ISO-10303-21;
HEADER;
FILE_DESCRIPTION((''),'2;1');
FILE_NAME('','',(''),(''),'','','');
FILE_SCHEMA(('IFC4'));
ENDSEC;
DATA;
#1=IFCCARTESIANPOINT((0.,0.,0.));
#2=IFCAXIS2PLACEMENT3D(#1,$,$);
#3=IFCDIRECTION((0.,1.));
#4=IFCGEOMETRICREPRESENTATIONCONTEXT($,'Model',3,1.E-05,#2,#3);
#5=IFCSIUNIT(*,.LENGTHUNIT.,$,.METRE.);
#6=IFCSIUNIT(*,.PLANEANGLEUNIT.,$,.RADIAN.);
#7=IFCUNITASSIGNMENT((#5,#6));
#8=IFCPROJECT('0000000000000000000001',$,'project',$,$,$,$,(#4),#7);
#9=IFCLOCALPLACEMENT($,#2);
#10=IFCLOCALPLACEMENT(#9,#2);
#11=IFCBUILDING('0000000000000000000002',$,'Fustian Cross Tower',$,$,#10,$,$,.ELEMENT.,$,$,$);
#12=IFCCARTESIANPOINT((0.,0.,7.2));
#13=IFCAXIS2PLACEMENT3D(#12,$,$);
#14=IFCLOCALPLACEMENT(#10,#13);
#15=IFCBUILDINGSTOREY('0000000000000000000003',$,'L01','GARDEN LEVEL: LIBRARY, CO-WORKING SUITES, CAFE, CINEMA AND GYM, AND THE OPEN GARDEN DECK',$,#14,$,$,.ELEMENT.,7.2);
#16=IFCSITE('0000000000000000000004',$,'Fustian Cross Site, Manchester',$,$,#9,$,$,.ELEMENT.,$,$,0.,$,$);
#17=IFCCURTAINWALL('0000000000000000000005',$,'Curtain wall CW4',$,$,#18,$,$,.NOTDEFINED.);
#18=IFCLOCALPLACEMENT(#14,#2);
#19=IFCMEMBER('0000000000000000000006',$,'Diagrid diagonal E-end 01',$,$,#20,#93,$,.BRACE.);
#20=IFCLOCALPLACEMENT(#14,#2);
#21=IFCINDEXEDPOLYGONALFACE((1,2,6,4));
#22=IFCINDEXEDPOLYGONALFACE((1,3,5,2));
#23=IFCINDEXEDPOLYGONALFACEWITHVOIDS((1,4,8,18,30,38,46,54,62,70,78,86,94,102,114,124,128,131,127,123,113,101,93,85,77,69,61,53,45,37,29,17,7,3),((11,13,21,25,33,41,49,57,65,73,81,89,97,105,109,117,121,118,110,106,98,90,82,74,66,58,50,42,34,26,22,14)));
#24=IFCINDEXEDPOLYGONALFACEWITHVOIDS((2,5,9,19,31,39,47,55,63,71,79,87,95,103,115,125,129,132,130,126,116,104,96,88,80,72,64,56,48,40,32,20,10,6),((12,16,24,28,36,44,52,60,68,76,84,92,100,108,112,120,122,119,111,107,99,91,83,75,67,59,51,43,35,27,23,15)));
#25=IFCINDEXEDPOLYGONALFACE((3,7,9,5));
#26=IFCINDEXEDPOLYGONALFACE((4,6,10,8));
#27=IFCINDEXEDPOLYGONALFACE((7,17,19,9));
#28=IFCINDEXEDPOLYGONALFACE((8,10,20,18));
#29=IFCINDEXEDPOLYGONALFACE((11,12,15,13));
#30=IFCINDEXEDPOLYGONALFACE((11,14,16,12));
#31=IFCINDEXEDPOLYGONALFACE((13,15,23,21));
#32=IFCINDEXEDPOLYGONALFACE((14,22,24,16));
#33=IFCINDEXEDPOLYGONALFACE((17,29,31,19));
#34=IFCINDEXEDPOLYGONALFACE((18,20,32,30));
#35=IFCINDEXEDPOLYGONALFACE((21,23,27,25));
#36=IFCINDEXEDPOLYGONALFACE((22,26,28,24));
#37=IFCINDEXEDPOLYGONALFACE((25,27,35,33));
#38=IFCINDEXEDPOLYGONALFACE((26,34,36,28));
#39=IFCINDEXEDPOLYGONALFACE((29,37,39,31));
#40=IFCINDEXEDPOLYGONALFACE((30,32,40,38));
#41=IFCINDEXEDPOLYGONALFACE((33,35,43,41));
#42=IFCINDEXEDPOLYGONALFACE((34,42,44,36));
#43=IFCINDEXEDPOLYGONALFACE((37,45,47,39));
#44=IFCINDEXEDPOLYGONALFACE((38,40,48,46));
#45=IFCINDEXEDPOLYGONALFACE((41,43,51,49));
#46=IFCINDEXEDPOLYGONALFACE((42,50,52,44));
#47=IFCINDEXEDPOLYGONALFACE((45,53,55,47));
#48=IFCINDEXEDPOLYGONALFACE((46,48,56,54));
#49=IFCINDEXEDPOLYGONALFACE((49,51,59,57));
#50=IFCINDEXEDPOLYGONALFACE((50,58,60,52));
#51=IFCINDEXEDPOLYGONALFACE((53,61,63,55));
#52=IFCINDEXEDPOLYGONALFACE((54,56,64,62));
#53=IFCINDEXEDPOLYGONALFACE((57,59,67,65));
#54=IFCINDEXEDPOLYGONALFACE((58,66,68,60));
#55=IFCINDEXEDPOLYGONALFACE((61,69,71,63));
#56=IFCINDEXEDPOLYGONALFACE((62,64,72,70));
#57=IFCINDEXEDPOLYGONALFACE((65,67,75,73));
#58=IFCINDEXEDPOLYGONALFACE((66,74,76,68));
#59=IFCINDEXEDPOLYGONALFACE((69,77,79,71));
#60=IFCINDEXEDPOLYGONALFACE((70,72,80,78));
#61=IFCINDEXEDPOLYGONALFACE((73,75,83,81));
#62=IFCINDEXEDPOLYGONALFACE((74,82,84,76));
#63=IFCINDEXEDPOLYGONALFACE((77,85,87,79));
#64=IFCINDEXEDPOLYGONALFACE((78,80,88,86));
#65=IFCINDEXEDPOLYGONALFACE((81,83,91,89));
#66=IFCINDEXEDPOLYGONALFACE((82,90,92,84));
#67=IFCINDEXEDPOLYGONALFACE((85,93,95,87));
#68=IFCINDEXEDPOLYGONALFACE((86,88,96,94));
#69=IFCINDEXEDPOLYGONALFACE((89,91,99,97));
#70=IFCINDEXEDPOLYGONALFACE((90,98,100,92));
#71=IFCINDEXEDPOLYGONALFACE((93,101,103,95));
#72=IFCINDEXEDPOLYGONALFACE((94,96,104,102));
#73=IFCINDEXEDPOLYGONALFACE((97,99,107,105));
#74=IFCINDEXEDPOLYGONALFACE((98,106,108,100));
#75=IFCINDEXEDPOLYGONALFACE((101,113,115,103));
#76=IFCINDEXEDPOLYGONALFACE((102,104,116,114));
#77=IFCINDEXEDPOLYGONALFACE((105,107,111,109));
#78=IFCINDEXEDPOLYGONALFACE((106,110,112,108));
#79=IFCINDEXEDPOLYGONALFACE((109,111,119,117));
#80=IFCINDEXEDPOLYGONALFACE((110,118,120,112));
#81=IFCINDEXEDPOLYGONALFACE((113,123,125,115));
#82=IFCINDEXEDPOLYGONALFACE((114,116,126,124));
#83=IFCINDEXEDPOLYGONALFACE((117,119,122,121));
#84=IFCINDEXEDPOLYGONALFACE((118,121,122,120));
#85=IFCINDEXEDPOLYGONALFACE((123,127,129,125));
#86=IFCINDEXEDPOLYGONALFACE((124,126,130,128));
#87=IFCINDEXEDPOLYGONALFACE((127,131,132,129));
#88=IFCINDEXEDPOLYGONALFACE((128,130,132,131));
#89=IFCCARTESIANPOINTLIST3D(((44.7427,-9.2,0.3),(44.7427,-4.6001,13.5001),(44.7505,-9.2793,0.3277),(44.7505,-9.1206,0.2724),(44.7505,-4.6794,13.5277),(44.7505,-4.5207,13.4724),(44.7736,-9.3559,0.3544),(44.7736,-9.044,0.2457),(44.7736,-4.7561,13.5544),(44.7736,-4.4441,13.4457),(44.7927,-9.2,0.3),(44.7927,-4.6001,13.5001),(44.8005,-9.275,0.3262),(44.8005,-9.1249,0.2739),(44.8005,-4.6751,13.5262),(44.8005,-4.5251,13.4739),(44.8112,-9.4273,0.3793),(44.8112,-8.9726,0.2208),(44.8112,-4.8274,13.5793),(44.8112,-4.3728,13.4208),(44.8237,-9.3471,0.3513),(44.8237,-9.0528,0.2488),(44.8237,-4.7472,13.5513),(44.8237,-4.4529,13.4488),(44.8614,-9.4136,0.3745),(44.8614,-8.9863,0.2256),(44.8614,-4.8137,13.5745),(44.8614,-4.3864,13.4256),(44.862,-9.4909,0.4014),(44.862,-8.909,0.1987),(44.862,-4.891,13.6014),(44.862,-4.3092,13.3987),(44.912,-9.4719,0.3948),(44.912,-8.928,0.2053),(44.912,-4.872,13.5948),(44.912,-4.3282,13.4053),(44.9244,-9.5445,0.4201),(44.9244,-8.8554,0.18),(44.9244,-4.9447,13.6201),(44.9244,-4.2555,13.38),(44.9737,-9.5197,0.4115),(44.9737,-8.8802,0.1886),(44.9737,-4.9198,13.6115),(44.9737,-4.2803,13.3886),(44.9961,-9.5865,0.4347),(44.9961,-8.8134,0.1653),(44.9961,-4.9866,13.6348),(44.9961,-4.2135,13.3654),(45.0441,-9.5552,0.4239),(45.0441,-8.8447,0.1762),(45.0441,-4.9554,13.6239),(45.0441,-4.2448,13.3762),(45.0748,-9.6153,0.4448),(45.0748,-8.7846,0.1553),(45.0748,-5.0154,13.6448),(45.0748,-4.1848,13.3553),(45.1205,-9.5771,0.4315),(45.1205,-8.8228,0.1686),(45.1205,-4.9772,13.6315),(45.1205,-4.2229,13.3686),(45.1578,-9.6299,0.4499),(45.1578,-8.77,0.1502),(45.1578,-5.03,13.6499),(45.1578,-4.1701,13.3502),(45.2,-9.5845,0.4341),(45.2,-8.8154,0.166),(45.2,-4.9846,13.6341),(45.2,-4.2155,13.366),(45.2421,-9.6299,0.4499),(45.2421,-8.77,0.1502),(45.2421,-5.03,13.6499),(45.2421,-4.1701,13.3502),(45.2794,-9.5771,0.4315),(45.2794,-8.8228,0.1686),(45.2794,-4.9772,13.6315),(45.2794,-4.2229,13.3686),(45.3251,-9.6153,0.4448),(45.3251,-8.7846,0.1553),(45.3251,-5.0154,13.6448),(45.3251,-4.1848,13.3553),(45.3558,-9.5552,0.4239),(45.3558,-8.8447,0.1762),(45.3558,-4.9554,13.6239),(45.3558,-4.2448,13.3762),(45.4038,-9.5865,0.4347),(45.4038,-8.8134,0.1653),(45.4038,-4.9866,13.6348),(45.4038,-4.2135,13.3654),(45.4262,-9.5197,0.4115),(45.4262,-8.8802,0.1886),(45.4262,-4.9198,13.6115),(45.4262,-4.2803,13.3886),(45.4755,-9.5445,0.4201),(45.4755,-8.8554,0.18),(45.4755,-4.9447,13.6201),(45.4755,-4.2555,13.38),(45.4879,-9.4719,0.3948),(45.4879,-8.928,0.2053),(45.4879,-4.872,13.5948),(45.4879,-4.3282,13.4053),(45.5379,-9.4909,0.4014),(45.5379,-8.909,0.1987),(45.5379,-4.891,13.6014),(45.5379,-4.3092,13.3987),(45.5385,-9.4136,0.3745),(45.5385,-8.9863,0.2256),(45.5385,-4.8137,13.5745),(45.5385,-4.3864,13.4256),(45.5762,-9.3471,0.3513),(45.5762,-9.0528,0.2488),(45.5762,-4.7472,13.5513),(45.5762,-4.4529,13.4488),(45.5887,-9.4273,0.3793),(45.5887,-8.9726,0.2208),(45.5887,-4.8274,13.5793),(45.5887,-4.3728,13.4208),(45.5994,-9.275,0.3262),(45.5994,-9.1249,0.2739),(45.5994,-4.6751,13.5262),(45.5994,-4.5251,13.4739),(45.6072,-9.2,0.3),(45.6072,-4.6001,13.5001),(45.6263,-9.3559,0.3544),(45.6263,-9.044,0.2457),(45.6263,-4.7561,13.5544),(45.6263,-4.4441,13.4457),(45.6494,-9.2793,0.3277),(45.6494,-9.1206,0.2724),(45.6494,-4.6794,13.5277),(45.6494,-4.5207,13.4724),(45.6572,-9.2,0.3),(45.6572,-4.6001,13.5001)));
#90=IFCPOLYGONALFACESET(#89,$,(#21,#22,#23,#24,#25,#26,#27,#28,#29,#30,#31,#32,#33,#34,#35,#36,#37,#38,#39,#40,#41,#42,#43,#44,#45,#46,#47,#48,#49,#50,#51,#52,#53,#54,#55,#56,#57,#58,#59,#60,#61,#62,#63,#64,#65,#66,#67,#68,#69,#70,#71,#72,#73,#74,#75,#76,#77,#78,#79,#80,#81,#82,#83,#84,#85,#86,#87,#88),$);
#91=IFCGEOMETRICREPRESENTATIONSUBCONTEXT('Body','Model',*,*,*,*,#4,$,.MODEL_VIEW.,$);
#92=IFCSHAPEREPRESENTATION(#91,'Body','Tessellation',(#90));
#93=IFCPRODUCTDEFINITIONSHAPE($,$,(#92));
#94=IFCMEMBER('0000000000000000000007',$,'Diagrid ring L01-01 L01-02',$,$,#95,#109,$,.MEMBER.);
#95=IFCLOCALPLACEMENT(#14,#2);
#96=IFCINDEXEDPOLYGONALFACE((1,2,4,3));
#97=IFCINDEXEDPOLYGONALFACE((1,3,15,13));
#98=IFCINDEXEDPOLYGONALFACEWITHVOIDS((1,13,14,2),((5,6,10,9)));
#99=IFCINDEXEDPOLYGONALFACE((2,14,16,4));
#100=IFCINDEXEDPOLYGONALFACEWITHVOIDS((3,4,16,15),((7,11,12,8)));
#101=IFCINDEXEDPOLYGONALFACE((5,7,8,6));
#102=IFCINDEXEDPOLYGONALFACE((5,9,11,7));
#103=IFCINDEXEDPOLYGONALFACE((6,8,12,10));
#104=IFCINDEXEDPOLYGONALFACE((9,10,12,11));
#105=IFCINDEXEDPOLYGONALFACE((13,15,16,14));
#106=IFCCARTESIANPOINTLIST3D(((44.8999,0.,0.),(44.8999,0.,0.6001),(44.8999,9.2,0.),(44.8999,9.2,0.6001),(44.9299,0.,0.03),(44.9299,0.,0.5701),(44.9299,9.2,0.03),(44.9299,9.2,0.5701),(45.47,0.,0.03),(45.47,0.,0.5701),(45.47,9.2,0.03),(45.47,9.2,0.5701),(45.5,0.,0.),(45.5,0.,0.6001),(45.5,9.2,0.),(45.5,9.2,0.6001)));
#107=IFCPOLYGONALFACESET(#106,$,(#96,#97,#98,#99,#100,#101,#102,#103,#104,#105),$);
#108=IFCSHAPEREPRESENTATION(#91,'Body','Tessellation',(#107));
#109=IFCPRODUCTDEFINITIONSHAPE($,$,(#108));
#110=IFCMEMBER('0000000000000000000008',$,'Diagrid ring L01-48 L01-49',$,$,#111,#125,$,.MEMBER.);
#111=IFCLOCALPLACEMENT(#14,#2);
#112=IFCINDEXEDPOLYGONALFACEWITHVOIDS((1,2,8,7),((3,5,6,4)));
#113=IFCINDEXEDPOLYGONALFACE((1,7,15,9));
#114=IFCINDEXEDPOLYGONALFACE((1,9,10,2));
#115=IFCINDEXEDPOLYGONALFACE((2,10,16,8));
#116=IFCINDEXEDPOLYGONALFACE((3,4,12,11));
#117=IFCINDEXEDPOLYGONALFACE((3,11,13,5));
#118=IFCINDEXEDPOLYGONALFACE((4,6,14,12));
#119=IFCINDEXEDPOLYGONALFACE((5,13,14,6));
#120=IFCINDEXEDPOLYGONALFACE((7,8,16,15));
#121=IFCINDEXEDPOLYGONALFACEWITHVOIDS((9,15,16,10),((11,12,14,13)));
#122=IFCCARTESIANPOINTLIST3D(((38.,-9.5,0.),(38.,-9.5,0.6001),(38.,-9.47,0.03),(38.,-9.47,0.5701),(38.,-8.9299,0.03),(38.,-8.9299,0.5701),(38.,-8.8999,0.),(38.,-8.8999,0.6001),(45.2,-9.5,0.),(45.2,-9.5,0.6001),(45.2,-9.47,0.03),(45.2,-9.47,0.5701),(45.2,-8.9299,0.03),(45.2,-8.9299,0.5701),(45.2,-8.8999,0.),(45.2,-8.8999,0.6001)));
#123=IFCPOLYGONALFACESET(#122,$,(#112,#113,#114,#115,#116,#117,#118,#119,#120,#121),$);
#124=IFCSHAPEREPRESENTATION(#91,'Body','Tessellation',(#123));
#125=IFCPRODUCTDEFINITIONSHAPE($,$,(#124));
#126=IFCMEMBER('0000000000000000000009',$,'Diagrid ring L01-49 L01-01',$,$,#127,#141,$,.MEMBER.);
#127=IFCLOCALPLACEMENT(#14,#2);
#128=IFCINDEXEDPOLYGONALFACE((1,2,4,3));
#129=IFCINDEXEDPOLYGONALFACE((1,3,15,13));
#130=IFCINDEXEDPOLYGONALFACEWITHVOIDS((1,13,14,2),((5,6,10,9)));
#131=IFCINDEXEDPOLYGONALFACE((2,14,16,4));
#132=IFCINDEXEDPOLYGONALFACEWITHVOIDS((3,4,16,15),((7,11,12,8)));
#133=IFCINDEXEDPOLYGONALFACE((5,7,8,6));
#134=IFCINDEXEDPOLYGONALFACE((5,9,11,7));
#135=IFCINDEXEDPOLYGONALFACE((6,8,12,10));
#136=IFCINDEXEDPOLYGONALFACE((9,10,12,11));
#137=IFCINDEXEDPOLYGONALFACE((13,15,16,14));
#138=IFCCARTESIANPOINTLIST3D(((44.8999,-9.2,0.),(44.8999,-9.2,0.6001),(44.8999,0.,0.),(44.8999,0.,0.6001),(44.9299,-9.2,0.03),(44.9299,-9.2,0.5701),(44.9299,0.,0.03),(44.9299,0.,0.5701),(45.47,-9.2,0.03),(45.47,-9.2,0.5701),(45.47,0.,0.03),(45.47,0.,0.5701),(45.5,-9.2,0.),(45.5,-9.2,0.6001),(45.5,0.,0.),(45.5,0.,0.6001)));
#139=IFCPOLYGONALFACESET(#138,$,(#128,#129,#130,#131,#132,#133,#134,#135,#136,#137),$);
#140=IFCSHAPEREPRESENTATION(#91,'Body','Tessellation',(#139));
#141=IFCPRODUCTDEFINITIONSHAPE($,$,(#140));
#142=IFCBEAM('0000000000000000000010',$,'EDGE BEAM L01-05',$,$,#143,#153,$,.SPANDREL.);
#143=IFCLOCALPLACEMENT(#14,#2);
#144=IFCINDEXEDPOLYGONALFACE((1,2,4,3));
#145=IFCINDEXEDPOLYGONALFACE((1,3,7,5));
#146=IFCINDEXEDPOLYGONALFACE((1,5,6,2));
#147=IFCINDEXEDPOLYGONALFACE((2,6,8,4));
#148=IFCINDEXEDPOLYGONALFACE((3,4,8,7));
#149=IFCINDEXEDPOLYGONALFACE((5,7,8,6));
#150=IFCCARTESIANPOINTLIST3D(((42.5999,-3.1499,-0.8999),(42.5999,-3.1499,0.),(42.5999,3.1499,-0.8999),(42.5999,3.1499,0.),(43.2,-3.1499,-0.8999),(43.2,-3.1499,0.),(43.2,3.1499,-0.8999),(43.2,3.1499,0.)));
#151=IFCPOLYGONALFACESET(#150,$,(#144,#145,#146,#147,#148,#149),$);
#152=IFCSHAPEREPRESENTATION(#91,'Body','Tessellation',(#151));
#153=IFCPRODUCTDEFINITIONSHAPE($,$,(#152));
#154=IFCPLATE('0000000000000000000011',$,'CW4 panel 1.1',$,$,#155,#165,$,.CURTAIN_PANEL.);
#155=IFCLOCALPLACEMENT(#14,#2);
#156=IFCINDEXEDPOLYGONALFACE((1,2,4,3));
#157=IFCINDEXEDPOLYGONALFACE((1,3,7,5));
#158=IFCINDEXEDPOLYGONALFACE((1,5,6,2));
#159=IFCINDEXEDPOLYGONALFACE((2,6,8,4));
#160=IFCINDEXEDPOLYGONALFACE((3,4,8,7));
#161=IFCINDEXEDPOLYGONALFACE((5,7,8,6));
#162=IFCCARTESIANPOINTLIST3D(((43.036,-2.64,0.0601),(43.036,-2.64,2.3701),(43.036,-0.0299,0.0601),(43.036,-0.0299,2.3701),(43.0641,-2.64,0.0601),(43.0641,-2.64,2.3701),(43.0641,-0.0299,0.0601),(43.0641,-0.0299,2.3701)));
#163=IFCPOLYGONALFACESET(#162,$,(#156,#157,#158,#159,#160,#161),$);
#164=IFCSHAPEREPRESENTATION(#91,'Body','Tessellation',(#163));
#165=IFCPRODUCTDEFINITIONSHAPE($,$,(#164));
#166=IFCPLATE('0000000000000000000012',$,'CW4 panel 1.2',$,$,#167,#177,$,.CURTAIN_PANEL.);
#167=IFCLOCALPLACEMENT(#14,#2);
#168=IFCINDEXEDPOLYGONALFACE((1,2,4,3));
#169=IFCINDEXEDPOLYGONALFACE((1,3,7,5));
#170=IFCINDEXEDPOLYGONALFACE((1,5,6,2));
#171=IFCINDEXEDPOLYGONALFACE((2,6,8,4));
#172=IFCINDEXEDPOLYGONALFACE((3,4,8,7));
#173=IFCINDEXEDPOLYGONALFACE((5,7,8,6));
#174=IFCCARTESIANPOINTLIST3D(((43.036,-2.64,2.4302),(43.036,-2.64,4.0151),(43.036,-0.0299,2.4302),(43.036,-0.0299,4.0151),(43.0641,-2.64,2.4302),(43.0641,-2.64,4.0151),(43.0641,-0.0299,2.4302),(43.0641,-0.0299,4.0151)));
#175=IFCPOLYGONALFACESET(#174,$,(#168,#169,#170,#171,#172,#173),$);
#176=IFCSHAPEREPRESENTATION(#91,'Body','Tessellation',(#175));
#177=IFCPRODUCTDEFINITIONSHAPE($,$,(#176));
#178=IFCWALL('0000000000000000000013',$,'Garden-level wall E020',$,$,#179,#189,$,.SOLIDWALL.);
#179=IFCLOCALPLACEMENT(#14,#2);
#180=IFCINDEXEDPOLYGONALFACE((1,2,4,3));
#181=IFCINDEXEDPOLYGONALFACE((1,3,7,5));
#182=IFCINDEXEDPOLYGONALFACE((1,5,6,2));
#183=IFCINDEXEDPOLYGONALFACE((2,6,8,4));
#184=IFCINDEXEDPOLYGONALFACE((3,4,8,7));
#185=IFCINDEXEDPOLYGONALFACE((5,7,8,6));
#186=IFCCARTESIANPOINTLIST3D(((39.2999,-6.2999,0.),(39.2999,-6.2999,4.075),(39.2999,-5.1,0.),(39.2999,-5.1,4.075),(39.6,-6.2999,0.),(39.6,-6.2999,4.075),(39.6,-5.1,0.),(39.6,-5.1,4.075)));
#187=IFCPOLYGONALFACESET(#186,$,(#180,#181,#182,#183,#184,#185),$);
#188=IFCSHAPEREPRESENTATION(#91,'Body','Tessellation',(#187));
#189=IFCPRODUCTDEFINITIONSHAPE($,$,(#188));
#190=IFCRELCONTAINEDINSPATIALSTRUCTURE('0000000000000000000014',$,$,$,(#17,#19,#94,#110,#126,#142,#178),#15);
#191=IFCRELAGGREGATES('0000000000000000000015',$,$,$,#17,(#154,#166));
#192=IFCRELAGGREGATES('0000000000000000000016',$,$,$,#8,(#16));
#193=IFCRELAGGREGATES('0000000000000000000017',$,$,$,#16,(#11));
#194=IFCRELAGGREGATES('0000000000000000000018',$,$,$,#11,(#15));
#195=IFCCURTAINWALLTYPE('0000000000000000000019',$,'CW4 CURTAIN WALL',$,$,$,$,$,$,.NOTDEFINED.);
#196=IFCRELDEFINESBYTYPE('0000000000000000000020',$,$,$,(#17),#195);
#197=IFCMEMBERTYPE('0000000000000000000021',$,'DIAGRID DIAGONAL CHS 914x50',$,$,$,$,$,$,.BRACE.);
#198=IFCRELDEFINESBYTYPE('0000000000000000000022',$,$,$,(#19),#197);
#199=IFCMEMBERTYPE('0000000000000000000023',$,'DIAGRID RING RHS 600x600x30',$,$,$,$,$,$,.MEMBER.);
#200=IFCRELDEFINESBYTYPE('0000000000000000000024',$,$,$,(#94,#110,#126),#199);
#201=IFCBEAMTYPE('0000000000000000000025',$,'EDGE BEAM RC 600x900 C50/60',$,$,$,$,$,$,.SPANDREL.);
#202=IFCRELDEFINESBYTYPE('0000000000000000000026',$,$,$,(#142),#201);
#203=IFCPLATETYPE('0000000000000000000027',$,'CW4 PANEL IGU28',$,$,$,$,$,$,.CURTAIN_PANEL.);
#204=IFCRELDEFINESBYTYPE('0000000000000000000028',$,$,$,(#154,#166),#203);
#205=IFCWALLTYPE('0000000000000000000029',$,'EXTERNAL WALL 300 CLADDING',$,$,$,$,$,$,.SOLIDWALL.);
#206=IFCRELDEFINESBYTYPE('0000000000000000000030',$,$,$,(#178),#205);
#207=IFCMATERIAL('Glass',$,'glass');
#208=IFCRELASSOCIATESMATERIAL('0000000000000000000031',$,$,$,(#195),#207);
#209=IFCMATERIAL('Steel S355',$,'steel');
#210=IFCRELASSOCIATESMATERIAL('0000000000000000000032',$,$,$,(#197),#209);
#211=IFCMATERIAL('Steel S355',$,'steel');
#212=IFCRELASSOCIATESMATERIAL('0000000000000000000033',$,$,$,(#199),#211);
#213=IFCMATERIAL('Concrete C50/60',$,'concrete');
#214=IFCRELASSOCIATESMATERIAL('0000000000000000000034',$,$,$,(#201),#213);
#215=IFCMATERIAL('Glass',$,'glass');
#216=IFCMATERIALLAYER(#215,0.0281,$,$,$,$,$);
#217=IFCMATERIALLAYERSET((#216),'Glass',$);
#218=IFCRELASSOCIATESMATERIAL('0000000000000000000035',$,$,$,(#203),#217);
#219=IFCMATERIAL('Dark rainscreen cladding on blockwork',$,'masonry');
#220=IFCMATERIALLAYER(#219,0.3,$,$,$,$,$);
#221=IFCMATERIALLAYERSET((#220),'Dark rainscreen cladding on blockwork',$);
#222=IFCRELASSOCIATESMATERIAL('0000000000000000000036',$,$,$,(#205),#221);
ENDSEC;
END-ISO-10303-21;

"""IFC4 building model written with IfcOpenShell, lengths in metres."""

from ifc_helpers import new_model, si_unit, direction, frame, frame_2d, origin, origin_2d, place, context, subcontext, project, spatial, rectangle, hollow_rectangle, hollow_circle, extrude, material, layer, layer_set, material_profile, profile_set, type_object, element, aggregate, save


model = new_model("IFC4")

# Units and contexts
model_context = context("Model", 3, precision=1e-05, world=origin(), true_north=direction((0.0, 1.0)))
body_context = subcontext(model_context, "Body", "Model", "MODEL_VIEW")
ifc_project = project(units=[si_unit("LENGTHUNIT", "METRE"), si_unit("PLANEANGLEUNIT", "RADIAN")], contexts=[model_context])

# Site, building, storey
site_placement = place(None, origin())
site = spatial("IfcSite", under=ifc_project, at=site_placement, Name="Fustian Cross Site, Manchester", CompositionType="ELEMENT", RefElevation=0.0)
building_placement = place(site_placement, origin())
building = spatial("IfcBuilding", under=site, at=building_placement, Name="Fustian Cross Tower", CompositionType="ELEMENT")
storey_placement = place(building_placement, frame((0.0, 0.0, 7.2)))
storey = spatial("IfcBuildingStorey", under=building, at=storey_placement, Name="L01", Description="GARDEN LEVEL: LIBRARY, CO-WORKING SUITES, CAFE, CINEMA AND GYM, AND THE OPEN GARDEN DECK", CompositionType="ELEMENT", Elevation=7.2)

# Curtain wall
ifc_material_1 = material(Name="Glass", Category="glass")
curtain_wall_type = type_object("IfcCurtainWallType", Name="CW4 CURTAIN WALL", PredefinedType="NOTDEFINED", material=ifc_material_1)
curtain_wall_placement = place(storey_placement, origin())
curtain_wall = element("IfcCurtainWall", 1, at=curtain_wall_placement, inside=storey, type_object=curtain_wall_type, Name="Curtain wall CW4", PredefinedType="NOTDEFINED")

# Members
ifc_material_2 = material(Name="Steel S355", Category="steel")
ifc_material_profile_1 = material_profile(ifc_material_2, hollow_circle(Radius=0.4573, WallThickness=0.05, at=origin_2d()), Name="CHS 914x50")
ifc_profile_set_1 = profile_set([ifc_material_profile_1], Name="Steel S355")
member_type_1 = type_object("IfcMemberType", Name="DIAGRID DIAGONAL CHS 914x50", PredefinedType="BRACE", material=ifc_profile_set_1)
member_1_placement = place(storey_placement, frame((45.2, -9.2, 0.3), z_axis=(0.0, 0.329067, 0.944306), x_axis=(-1.0, 0.0, 0.0)))
element("IfcMember", 2, at=member_1_placement, inside=storey, type_object=member_type_1, Name="Diagrid diagonal E-end 01", PredefinedType="BRACE", context=body_context, shape_type="SweptSolid", body=[
    extrude(hollow_circle(Radius=0.4573, WallThickness=0.05, at=origin_2d()), origin(), (0.0, 0.0, 1.0), 13.9785),
])
ifc_material_3 = material(Name="Steel S355", Category="steel")
ifc_material_profile_2 = material_profile(ifc_material_3, hollow_rectangle(XDim=0.6001, YDim=0.6001, WallThickness=0.03, at=origin_2d()), Name="RHS 600x600x30")
ifc_profile_set_2 = profile_set([ifc_material_profile_2], Name="Steel S355")
member_type_2 = type_object("IfcMemberType", Name="DIAGRID RING RHS 600x600x30", PredefinedType="MEMBER", material=ifc_profile_set_2)
member_2_placement = place(storey_placement, frame((45.2, 0.0, 0.3), z_axis=(0.0, 1.0, 0.0), x_axis=(-1.0, 0.0, 0.0)))
element("IfcMember", 3, at=member_2_placement, inside=storey, type_object=member_type_2, Name="Diagrid ring L01-01 L01-02", PredefinedType="MEMBER", context=body_context, shape_type="SweptSolid", body=[
    extrude(hollow_rectangle(XDim=0.6001, YDim=0.6001, WallThickness=0.03, at=origin_2d()), origin(), (0.0, 0.0, 1.0), 9.2),
])
member_3_placement = place(storey_placement, frame((38.0, -9.2, 0.3), z_axis=(1.0, 0.0, 0.0), x_axis=(0.0, 1.0, 0.0)))
element("IfcMember", 4, at=member_3_placement, inside=storey, type_object=member_type_2, Name="Diagrid ring L01-48 L01-49", PredefinedType="MEMBER", context=body_context, shape_type="SweptSolid", body=[
    extrude(hollow_rectangle(XDim=0.6001, YDim=0.6001, WallThickness=0.03, at=origin_2d()), origin(), (0.0, 0.0, 1.0), 7.2),
])
member_4_placement = place(storey_placement, frame((45.2, -9.2, 0.3), z_axis=(0.0, 1.0, 0.0), x_axis=(-1.0, 0.0, 0.0)))
element("IfcMember", 5, at=member_4_placement, inside=storey, type_object=member_type_2, Name="Diagrid ring L01-49 L01-01", PredefinedType="MEMBER", context=body_context, shape_type="SweptSolid", body=[
    extrude(hollow_rectangle(XDim=0.6001, YDim=0.6001, WallThickness=0.03, at=origin_2d()), origin(), (0.0, 0.0, 1.0), 9.2),
])

# Beam
ifc_material_4 = material(Name="Concrete C50/60", Category="concrete")
ifc_material_profile_3 = material_profile(ifc_material_4, rectangle(XDim=0.6001, YDim=0.8999, at=origin_2d()), Name="RC 600x900")
ifc_profile_set_3 = profile_set([ifc_material_profile_3], Name="Concrete C50/60")
beam_type = type_object("IfcBeamType", Name="EDGE BEAM RC 600x900 C50/60", PredefinedType="SPANDREL", material=ifc_profile_set_3)
beam_placement = place(storey_placement, frame((42.8999, -3.1499, -0.45), z_axis=(0.0, 1.0, 0.0), x_axis=(-1.0, 0.0, 0.0)))
element("IfcBeam", 6, at=beam_placement, inside=storey, type_object=beam_type, Name="EDGE BEAM L01-05", PredefinedType="SPANDREL", context=body_context, shape_type="SweptSolid", body=[
    extrude(rectangle(XDim=0.6001, YDim=0.8999, at=origin_2d()), origin(), (0.0, 0.0, 1.0), 6.2998),
])

# Plates
ifc_material_5 = material(Name="Glass", Category="glass")
ifc_layer_1 = layer(ifc_material_5, 0.0281)
ifc_layer_set_1 = layer_set([ifc_layer_1], Name="Glass")
plate_type = type_object("IfcPlateType", Name="CW4 PANEL IGU28", PredefinedType="CURTAIN_PANEL", material=ifc_layer_set_1)
plate_1_placement = place(storey_placement, frame((43.05, -1.335, 0.0601), z_axis=(0.0, 0.0, 1.0), x_axis=(0.0, 1.0, 0.0)))
plate_1 = element("IfcPlate", 7, at=plate_1_placement, type_object=plate_type, Name="CW4 panel 1.1", PredefinedType="CURTAIN_PANEL", context=body_context, shape_type="SweptSolid", body=[
    extrude(rectangle(XDim=2.6101, YDim=0.0281, at=origin_2d()), origin(), (0.0, 0.0, 1.0), 2.3101),
])
plate_2_placement = place(storey_placement, frame((43.05, -1.335, 2.4302), z_axis=(0.0, 0.0, 1.0), x_axis=(0.0, 1.0, 0.0)))
plate_2 = element("IfcPlate", 8, at=plate_2_placement, type_object=plate_type, Name="CW4 panel 1.2", PredefinedType="CURTAIN_PANEL", context=body_context, shape_type="SweptSolid", body=[
    extrude(rectangle(XDim=2.6101, YDim=0.0281, at=origin_2d()), origin(), (0.0, 0.0, 1.0), 1.585),
])
aggregate(curtain_wall, [plate_1, plate_2])

# Wall
ifc_material_6 = material(Name="Dark rainscreen cladding on blockwork", Category="masonry")
ifc_layer_2 = layer(ifc_material_6, 0.3)
ifc_layer_set_2 = layer_set([ifc_layer_2], Name="Dark rainscreen cladding on blockwork")
wall_type_1 = type_object("IfcWallType", Name="EXTERNAL WALL 300 CLADDING", PredefinedType="SOLIDWALL", material=ifc_layer_set_2)
wall_1_placement = place(storey_placement, frame((39.45, -6.3, 0.0), z_axis=(0.0, 0.0, 1.0), x_axis=(0.0, 1.0, 0.0)))
element("IfcWall", 9, at=wall_1_placement, inside=storey, type_object=wall_type_1, Name="Garden-level wall E020", PredefinedType="SOLIDWALL", context=body_context, shape_type="SweptSolid", body=[
    extrude(rectangle(XDim=1.2, YDim=0.3, at=frame_2d((0.6001, 0.0))), origin(), (0.0, 0.0, 1.0), 4.075),
])

save(model, "model.ifc")
